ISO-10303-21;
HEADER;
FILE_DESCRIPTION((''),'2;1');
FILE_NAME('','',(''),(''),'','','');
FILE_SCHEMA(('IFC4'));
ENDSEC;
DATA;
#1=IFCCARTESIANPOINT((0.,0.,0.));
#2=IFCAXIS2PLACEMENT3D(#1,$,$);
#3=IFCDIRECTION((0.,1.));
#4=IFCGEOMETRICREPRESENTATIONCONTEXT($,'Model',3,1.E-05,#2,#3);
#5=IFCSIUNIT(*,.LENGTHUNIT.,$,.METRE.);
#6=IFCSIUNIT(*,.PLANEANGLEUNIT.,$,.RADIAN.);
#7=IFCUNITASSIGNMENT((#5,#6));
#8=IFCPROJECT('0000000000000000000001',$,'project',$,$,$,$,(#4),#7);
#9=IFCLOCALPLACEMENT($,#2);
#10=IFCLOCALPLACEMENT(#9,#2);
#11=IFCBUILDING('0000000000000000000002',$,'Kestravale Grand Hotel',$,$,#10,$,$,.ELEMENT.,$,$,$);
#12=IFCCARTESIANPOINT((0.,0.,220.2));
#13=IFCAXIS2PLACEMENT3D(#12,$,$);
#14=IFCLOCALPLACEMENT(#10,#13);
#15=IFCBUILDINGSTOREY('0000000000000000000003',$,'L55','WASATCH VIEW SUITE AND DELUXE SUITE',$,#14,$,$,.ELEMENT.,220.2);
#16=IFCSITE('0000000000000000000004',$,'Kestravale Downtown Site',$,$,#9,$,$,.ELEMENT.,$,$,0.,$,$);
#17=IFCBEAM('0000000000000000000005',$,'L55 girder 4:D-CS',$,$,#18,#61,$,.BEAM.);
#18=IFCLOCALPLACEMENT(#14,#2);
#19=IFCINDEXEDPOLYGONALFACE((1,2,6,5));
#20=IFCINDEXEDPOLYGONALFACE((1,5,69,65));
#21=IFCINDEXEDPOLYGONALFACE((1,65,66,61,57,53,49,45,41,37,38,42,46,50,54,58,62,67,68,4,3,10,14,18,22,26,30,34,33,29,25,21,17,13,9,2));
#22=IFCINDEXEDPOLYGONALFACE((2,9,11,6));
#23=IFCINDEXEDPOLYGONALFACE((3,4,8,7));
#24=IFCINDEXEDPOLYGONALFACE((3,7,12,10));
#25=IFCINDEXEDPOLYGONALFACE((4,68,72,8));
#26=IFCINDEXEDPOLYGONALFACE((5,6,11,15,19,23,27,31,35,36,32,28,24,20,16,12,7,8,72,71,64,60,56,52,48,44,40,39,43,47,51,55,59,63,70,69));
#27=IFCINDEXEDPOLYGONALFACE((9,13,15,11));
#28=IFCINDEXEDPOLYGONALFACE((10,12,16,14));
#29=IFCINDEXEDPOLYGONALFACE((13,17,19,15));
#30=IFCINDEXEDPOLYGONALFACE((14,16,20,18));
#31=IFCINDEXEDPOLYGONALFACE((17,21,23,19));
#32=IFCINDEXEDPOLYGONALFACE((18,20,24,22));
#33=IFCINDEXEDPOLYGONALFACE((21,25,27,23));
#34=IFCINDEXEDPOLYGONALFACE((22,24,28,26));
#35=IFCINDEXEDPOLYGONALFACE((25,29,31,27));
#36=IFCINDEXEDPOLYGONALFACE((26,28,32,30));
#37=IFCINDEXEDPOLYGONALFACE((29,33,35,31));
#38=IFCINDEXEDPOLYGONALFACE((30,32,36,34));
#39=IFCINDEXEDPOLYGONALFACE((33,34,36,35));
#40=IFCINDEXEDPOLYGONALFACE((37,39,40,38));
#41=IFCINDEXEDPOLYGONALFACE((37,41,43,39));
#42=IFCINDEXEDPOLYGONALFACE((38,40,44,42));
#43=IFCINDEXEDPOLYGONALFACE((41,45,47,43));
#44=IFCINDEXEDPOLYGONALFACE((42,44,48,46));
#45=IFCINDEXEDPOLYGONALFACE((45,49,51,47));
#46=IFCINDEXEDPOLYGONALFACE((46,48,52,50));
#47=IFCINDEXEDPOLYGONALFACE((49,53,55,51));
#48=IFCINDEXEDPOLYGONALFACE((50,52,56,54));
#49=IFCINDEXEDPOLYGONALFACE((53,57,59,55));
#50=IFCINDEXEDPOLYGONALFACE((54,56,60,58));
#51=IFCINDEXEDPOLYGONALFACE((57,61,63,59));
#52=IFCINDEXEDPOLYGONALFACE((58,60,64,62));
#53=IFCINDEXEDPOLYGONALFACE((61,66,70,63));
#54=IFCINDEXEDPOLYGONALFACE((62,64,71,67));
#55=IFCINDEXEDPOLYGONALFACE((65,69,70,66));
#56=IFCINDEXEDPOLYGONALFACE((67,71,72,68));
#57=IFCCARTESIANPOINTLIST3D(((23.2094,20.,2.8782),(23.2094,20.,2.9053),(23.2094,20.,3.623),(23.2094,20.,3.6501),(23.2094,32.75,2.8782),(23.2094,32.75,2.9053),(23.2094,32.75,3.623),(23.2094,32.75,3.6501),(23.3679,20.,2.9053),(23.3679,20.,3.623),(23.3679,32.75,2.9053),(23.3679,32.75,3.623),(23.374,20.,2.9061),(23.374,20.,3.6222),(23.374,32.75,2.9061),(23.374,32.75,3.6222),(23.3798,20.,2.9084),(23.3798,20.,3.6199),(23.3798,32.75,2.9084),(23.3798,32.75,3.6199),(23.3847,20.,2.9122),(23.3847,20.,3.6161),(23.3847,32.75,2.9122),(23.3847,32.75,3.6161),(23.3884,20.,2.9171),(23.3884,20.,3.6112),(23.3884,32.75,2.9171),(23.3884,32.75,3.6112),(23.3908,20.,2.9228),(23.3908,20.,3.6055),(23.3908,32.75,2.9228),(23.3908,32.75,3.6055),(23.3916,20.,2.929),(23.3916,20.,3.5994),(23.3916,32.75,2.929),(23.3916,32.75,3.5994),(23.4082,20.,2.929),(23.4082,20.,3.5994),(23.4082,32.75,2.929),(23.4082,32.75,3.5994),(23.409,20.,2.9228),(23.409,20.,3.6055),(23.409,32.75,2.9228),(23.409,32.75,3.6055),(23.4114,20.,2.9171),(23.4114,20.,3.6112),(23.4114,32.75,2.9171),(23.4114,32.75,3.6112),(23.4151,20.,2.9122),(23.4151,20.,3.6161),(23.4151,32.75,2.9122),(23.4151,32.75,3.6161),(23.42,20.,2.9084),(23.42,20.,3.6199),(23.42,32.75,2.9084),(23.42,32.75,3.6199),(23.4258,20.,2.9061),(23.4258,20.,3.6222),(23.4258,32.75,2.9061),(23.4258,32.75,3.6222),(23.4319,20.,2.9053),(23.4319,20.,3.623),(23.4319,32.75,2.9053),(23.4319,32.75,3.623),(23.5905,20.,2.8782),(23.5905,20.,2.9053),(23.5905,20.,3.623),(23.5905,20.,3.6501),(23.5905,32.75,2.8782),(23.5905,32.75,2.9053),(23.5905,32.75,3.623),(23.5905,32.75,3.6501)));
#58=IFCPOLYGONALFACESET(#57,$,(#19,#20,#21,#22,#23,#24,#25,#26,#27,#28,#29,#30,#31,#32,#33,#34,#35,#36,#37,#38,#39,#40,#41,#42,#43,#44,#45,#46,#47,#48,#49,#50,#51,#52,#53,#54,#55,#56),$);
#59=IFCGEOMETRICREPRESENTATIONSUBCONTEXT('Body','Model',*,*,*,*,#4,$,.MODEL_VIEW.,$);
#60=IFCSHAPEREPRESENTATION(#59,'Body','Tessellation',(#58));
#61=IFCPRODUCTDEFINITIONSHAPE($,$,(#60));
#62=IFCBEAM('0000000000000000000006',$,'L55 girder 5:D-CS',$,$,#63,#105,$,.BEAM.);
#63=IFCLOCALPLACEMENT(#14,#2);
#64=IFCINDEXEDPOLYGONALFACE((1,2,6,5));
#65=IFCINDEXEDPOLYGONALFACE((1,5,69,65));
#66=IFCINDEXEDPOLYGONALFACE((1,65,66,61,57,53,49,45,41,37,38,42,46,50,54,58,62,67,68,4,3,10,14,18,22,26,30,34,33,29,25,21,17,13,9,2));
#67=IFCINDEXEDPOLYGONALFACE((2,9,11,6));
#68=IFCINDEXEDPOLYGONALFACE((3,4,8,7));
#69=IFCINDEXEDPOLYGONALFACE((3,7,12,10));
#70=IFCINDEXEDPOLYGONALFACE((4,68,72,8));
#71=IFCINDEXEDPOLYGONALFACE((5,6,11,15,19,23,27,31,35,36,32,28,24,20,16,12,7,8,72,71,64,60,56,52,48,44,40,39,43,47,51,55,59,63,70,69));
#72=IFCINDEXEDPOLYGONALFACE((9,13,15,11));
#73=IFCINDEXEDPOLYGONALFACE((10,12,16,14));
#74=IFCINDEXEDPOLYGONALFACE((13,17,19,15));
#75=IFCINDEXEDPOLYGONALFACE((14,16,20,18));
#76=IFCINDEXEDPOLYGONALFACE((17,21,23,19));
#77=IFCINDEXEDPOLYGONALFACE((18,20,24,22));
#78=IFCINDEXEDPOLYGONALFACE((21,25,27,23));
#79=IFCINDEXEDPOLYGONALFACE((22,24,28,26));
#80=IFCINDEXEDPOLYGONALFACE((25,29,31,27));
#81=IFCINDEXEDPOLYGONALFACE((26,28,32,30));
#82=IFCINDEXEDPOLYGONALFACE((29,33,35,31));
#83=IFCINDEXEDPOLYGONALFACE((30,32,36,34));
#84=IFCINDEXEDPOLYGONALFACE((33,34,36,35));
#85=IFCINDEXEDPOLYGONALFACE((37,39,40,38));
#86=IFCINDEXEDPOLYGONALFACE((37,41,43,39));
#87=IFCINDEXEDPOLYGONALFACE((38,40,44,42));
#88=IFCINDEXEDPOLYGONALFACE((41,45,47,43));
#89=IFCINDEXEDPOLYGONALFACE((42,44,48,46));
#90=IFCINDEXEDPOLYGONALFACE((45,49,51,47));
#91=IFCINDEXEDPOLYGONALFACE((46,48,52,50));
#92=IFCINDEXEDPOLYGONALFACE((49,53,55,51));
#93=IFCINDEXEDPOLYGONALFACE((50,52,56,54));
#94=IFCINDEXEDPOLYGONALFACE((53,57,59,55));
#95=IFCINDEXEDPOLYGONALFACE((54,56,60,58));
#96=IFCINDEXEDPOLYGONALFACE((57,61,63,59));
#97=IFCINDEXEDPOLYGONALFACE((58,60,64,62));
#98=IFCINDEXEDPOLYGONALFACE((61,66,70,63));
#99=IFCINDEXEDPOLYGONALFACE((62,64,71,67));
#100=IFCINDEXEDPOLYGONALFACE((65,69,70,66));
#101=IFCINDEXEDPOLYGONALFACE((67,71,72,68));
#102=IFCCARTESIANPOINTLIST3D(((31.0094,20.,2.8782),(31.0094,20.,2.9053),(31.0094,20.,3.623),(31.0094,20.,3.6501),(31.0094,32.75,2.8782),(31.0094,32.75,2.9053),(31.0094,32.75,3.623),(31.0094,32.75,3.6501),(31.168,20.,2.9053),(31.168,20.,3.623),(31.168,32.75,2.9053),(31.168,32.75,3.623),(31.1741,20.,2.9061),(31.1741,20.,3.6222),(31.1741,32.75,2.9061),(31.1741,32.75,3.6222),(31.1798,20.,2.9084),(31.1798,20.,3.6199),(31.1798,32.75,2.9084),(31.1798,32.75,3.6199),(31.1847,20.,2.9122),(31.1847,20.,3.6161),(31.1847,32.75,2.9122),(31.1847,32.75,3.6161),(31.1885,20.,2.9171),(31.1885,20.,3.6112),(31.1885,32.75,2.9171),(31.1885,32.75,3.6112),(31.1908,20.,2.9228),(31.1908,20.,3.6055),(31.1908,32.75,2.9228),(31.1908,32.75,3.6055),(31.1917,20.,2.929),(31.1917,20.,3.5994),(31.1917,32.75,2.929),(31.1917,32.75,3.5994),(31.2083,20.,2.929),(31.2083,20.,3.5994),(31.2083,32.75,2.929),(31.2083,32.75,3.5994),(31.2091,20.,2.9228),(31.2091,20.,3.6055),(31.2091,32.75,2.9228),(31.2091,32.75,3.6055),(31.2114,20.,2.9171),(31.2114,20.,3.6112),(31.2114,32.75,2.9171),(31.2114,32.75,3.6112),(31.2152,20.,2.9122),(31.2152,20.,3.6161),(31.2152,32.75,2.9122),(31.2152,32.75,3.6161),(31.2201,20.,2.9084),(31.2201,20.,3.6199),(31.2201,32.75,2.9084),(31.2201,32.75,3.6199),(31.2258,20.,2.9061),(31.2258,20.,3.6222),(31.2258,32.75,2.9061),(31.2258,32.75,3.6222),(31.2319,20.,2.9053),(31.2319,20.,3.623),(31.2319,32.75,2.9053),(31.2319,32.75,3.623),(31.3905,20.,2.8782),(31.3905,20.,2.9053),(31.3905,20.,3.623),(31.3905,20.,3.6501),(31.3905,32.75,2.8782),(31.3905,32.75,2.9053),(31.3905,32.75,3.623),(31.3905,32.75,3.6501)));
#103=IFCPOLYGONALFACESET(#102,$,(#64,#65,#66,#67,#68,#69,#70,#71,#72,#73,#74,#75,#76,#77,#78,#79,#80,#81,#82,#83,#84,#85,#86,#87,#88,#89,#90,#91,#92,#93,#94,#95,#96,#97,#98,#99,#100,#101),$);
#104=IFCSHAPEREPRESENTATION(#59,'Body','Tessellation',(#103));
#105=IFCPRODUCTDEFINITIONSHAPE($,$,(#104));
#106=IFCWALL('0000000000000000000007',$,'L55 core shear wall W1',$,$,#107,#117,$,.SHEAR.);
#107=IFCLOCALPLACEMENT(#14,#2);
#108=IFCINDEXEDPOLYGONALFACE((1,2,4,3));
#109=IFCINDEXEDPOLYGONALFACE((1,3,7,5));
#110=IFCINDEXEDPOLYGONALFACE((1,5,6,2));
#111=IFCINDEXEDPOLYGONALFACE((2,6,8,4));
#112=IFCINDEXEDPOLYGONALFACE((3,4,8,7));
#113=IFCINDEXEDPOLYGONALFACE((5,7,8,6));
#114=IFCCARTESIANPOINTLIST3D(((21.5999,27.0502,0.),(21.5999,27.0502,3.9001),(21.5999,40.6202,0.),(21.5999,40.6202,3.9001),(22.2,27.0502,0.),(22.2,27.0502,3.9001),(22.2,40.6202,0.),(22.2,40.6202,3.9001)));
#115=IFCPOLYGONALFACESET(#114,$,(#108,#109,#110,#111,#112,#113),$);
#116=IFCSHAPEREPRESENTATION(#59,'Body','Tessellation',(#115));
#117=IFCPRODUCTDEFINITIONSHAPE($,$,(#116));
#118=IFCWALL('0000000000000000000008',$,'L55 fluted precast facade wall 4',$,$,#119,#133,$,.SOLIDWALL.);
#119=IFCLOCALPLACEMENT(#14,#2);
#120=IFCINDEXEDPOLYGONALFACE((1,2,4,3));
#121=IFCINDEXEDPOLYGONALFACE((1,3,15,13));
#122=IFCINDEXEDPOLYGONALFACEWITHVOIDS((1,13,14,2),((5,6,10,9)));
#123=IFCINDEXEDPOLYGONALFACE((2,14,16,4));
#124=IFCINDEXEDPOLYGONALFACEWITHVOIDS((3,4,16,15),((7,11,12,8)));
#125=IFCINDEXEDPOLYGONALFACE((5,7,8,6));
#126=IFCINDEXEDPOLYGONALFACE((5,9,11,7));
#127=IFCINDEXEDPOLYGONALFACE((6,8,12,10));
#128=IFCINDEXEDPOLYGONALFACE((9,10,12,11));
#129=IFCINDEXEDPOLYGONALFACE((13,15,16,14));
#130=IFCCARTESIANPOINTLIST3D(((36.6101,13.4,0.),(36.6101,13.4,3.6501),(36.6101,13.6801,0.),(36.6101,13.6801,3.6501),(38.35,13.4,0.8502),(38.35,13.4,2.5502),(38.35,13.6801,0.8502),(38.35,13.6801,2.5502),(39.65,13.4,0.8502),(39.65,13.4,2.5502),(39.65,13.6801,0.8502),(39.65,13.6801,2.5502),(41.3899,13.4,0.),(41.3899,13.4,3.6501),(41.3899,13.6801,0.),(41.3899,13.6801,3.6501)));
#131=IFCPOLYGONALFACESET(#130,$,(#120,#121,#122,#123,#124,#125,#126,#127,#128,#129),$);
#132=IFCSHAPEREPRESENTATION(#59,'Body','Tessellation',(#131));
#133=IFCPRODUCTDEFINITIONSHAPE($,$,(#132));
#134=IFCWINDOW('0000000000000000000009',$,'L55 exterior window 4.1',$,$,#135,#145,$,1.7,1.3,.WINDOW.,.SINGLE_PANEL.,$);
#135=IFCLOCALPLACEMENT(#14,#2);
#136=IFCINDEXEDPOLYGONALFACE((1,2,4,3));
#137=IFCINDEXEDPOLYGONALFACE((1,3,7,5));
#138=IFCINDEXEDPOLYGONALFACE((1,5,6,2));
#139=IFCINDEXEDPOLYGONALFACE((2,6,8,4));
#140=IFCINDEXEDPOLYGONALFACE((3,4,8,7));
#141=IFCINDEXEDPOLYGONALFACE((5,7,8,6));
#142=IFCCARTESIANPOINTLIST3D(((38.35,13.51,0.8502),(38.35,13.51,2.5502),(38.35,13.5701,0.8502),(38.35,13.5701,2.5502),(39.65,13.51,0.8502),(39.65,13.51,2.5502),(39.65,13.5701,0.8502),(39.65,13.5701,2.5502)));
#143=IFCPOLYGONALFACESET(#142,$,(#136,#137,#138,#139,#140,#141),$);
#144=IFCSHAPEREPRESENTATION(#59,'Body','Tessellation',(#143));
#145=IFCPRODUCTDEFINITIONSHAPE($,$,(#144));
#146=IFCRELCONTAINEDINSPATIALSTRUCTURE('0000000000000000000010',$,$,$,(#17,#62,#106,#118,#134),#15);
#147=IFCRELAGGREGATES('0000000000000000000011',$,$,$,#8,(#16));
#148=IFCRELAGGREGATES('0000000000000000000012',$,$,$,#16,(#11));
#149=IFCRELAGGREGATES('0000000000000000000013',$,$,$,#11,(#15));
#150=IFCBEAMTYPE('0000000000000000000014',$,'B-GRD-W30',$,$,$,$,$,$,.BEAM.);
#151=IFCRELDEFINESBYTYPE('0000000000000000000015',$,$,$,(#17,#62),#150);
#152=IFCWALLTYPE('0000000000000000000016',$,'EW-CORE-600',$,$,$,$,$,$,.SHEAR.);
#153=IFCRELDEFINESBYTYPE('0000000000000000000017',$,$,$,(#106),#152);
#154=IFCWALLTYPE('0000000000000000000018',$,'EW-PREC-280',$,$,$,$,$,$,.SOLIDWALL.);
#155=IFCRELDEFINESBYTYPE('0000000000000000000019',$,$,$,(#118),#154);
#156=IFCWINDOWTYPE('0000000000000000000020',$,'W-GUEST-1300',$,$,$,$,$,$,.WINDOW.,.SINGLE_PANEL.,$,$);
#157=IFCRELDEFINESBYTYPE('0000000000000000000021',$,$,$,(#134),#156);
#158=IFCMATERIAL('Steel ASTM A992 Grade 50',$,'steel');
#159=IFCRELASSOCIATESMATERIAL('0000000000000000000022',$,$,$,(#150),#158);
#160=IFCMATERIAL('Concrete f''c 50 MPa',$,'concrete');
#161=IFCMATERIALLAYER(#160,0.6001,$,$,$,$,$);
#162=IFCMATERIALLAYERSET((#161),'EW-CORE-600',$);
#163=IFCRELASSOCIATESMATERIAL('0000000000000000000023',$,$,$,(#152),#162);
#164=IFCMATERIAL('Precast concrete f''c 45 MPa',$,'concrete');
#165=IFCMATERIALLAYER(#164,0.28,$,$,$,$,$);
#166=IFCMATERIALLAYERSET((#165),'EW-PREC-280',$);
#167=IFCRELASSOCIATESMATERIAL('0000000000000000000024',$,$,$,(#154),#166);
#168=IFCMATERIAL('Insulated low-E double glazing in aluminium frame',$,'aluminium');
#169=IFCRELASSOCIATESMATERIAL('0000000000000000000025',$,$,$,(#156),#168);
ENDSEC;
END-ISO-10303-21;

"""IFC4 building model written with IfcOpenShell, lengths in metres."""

from ifc_helpers import new_model, si_unit, direction, frame, frame_2d, origin, origin_2d, place, context, subcontext, project, spatial, rectangle, i_section, extrude, material, layer, layer_set, material_profile, profile_set, type_object, element, fill, save


model = new_model("IFC4")

# Units and contexts
model_context = context("Model", 3, precision=1e-05, world=origin(), true_north=direction((0.0, 1.0)))
body_context = subcontext(model_context, "Body", "Model", "MODEL_VIEW")
ifc_project = project(units=[si_unit("LENGTHUNIT", "METRE"), si_unit("PLANEANGLEUNIT", "RADIAN")], contexts=[model_context])

# Site, building, storey
site_placement = place(None, origin())
site = spatial("IfcSite", under=ifc_project, at=site_placement, Name="Kestravale Downtown Site", CompositionType="ELEMENT", RefElevation=0.0)
building_placement = place(site_placement, origin())
building = spatial("IfcBuilding", under=site, at=building_placement, Name="Kestravale Grand Hotel", CompositionType="ELEMENT")
storey_placement = place(building_placement, frame((0.0, 0.0, 220.2)))
storey = spatial("IfcBuildingStorey", under=building, at=storey_placement, Name="L55", Description="WASATCH VIEW SUITE AND DELUXE SUITE", CompositionType="ELEMENT", Elevation=220.2)

# Beams
ifc_material_1 = material(Name="Steel ASTM A992 Grade 50", Category="steel")
ifc_material_profile_1 = material_profile(ifc_material_1, i_section(OverallWidth=0.3811, OverallDepth=0.772, WebThickness=0.0166, FlangeThickness=0.0271, FilletRadius=0.0237, at=origin_2d()))
ifc_profile_set_1 = profile_set([ifc_material_profile_1], Name="Steel ASTM A992 Grade 50")
beam_type_1 = type_object("IfcBeamType", Name="B-GRD-W30", PredefinedType="BEAM", material=ifc_profile_set_1)
for number, where, z_axis, x_axis, name in (
    (1, (23.3999, 20.0, 3.2642), (0.0, 1.0, 0.0), (-1.0, 0.0, 0.0), "L55 girder 4:D-CS"),
    (2, (31.2, 20.0, 3.2642), (0.0, 1.0, 0.0), (-1.0, 0.0, 0.0), "L55 girder 5:D-CS"),
):
    element("IfcBeam", number, at=place(storey_placement, frame(where, z_axis=z_axis, x_axis=x_axis)), inside=storey, type_object=beam_type_1, Name=name, PredefinedType="BEAM", context=body_context, shape_type="SweptSolid", body=[
        extrude(i_section(OverallWidth=0.3811, OverallDepth=0.772, WebThickness=0.0166, FlangeThickness=0.0271, FilletRadius=0.0237, at=origin_2d()), origin(), (0.0, 0.0, 1.0), 12.75),
    ])

# Wall
ifc_material_2 = material(Name="Concrete f'c 50 MPa", Category="concrete")
ifc_layer_1 = layer(ifc_material_2, 0.6001)
ifc_layer_set_1 = layer_set([ifc_layer_1], Name="EW-CORE-600")
wall_type_1 = type_object("IfcWallType", Name="EW-CORE-600", PredefinedType="SHEAR", material=ifc_layer_set_1)
wall_1_placement = place(storey_placement, frame((21.8999, 27.05, 0.0), z_axis=(0.0, 0.0, 1.0), x_axis=(0.0, 1.0, 0.0)))
element("IfcWall", 3, at=wall_1_placement, inside=storey, type_object=wall_type_1, Name="L55 core shear wall W1", PredefinedType="SHEAR", context=body_context, shape_type="SweptSolid", body=[
    extrude(rectangle(XDim=13.5701, YDim=0.6001, at=frame_2d((6.7852, 0.0))), origin(), (0.0, 0.0, 1.0), 3.9001),
])

# Wall, opening, window
ifc_material_3 = material(Name="Precast concrete f'c 45 MPa", Category="concrete")
ifc_layer_2 = layer(ifc_material_3, 0.28)
ifc_layer_set_2 = layer_set([ifc_layer_2], Name="EW-PREC-280")
wall_type_2 = type_object("IfcWallType", Name="EW-PREC-280", PredefinedType="SOLIDWALL", material=ifc_layer_set_2)
wall_2_placement = place(storey_placement, frame((36.6101, 13.54, 0.0), z_axis=(0.0, 0.0, 1.0), x_axis=(1.0, 0.0, 0.0)))
wall_2 = element("IfcWall", 4, at=wall_2_placement, inside=storey, type_object=wall_type_2, Name="L55 fluted precast facade wall 4", PredefinedType="SOLIDWALL", context=body_context, shape_type="SweptSolid", body=[
    extrude(rectangle(XDim=4.7798, YDim=0.28, at=frame_2d((2.3899, 0.0))), origin(), (0.0, 0.0, 1.0), 3.6501),
])
opening_1_placement = place(wall_2_placement, frame((1.74, 0.0, 0.8501)))
opening_1 = element("IfcOpeningElement", 5, at=opening_1_placement, cuts=wall_2, PredefinedType="OPENING", context=body_context, shape_type="SweptSolid", body=[
    extrude(rectangle(XDim=1.3, YDim=1.7, at=frame_2d((0.6499, 0.8501))), frame((0.0, 0.1499, 0.0), z_axis=(0.0, -1.0, 0.0), x_axis=(1.0, 0.0, 0.0)), (0.0, 0.0, 1.0), 0.3),
])
ifc_material_4 = material(Name="Insulated low-E double glazing in aluminium frame", Category="aluminium")
window_type = type_object("IfcWindowType", Name="W-GUEST-1300", PartitioningType="SINGLE_PANEL", PredefinedType="WINDOW", material=ifc_material_4)
window_placement = place(opening_1_placement, origin())
window = element("IfcWindow", 6, at=window_placement, inside=storey, type_object=window_type, Name="L55 exterior window 4.1", OverallHeight=1.7, OverallWidth=1.3, PartitioningType="SINGLE_PANEL", PredefinedType="WINDOW", context=body_context, shape_type="SweptSolid", body=[
    extrude(rectangle(XDim=1.3, YDim=1.7, at=frame_2d((0.6499, 0.8501))), frame((0.0, 0.03, 0.0), z_axis=(0.0, -1.0, 0.0), x_axis=(1.0, 0.0, 0.0)), (0.0, 0.0, 1.0), 0.0601),
])
fill(opening_1, window)

save(model, "model.ifc")
